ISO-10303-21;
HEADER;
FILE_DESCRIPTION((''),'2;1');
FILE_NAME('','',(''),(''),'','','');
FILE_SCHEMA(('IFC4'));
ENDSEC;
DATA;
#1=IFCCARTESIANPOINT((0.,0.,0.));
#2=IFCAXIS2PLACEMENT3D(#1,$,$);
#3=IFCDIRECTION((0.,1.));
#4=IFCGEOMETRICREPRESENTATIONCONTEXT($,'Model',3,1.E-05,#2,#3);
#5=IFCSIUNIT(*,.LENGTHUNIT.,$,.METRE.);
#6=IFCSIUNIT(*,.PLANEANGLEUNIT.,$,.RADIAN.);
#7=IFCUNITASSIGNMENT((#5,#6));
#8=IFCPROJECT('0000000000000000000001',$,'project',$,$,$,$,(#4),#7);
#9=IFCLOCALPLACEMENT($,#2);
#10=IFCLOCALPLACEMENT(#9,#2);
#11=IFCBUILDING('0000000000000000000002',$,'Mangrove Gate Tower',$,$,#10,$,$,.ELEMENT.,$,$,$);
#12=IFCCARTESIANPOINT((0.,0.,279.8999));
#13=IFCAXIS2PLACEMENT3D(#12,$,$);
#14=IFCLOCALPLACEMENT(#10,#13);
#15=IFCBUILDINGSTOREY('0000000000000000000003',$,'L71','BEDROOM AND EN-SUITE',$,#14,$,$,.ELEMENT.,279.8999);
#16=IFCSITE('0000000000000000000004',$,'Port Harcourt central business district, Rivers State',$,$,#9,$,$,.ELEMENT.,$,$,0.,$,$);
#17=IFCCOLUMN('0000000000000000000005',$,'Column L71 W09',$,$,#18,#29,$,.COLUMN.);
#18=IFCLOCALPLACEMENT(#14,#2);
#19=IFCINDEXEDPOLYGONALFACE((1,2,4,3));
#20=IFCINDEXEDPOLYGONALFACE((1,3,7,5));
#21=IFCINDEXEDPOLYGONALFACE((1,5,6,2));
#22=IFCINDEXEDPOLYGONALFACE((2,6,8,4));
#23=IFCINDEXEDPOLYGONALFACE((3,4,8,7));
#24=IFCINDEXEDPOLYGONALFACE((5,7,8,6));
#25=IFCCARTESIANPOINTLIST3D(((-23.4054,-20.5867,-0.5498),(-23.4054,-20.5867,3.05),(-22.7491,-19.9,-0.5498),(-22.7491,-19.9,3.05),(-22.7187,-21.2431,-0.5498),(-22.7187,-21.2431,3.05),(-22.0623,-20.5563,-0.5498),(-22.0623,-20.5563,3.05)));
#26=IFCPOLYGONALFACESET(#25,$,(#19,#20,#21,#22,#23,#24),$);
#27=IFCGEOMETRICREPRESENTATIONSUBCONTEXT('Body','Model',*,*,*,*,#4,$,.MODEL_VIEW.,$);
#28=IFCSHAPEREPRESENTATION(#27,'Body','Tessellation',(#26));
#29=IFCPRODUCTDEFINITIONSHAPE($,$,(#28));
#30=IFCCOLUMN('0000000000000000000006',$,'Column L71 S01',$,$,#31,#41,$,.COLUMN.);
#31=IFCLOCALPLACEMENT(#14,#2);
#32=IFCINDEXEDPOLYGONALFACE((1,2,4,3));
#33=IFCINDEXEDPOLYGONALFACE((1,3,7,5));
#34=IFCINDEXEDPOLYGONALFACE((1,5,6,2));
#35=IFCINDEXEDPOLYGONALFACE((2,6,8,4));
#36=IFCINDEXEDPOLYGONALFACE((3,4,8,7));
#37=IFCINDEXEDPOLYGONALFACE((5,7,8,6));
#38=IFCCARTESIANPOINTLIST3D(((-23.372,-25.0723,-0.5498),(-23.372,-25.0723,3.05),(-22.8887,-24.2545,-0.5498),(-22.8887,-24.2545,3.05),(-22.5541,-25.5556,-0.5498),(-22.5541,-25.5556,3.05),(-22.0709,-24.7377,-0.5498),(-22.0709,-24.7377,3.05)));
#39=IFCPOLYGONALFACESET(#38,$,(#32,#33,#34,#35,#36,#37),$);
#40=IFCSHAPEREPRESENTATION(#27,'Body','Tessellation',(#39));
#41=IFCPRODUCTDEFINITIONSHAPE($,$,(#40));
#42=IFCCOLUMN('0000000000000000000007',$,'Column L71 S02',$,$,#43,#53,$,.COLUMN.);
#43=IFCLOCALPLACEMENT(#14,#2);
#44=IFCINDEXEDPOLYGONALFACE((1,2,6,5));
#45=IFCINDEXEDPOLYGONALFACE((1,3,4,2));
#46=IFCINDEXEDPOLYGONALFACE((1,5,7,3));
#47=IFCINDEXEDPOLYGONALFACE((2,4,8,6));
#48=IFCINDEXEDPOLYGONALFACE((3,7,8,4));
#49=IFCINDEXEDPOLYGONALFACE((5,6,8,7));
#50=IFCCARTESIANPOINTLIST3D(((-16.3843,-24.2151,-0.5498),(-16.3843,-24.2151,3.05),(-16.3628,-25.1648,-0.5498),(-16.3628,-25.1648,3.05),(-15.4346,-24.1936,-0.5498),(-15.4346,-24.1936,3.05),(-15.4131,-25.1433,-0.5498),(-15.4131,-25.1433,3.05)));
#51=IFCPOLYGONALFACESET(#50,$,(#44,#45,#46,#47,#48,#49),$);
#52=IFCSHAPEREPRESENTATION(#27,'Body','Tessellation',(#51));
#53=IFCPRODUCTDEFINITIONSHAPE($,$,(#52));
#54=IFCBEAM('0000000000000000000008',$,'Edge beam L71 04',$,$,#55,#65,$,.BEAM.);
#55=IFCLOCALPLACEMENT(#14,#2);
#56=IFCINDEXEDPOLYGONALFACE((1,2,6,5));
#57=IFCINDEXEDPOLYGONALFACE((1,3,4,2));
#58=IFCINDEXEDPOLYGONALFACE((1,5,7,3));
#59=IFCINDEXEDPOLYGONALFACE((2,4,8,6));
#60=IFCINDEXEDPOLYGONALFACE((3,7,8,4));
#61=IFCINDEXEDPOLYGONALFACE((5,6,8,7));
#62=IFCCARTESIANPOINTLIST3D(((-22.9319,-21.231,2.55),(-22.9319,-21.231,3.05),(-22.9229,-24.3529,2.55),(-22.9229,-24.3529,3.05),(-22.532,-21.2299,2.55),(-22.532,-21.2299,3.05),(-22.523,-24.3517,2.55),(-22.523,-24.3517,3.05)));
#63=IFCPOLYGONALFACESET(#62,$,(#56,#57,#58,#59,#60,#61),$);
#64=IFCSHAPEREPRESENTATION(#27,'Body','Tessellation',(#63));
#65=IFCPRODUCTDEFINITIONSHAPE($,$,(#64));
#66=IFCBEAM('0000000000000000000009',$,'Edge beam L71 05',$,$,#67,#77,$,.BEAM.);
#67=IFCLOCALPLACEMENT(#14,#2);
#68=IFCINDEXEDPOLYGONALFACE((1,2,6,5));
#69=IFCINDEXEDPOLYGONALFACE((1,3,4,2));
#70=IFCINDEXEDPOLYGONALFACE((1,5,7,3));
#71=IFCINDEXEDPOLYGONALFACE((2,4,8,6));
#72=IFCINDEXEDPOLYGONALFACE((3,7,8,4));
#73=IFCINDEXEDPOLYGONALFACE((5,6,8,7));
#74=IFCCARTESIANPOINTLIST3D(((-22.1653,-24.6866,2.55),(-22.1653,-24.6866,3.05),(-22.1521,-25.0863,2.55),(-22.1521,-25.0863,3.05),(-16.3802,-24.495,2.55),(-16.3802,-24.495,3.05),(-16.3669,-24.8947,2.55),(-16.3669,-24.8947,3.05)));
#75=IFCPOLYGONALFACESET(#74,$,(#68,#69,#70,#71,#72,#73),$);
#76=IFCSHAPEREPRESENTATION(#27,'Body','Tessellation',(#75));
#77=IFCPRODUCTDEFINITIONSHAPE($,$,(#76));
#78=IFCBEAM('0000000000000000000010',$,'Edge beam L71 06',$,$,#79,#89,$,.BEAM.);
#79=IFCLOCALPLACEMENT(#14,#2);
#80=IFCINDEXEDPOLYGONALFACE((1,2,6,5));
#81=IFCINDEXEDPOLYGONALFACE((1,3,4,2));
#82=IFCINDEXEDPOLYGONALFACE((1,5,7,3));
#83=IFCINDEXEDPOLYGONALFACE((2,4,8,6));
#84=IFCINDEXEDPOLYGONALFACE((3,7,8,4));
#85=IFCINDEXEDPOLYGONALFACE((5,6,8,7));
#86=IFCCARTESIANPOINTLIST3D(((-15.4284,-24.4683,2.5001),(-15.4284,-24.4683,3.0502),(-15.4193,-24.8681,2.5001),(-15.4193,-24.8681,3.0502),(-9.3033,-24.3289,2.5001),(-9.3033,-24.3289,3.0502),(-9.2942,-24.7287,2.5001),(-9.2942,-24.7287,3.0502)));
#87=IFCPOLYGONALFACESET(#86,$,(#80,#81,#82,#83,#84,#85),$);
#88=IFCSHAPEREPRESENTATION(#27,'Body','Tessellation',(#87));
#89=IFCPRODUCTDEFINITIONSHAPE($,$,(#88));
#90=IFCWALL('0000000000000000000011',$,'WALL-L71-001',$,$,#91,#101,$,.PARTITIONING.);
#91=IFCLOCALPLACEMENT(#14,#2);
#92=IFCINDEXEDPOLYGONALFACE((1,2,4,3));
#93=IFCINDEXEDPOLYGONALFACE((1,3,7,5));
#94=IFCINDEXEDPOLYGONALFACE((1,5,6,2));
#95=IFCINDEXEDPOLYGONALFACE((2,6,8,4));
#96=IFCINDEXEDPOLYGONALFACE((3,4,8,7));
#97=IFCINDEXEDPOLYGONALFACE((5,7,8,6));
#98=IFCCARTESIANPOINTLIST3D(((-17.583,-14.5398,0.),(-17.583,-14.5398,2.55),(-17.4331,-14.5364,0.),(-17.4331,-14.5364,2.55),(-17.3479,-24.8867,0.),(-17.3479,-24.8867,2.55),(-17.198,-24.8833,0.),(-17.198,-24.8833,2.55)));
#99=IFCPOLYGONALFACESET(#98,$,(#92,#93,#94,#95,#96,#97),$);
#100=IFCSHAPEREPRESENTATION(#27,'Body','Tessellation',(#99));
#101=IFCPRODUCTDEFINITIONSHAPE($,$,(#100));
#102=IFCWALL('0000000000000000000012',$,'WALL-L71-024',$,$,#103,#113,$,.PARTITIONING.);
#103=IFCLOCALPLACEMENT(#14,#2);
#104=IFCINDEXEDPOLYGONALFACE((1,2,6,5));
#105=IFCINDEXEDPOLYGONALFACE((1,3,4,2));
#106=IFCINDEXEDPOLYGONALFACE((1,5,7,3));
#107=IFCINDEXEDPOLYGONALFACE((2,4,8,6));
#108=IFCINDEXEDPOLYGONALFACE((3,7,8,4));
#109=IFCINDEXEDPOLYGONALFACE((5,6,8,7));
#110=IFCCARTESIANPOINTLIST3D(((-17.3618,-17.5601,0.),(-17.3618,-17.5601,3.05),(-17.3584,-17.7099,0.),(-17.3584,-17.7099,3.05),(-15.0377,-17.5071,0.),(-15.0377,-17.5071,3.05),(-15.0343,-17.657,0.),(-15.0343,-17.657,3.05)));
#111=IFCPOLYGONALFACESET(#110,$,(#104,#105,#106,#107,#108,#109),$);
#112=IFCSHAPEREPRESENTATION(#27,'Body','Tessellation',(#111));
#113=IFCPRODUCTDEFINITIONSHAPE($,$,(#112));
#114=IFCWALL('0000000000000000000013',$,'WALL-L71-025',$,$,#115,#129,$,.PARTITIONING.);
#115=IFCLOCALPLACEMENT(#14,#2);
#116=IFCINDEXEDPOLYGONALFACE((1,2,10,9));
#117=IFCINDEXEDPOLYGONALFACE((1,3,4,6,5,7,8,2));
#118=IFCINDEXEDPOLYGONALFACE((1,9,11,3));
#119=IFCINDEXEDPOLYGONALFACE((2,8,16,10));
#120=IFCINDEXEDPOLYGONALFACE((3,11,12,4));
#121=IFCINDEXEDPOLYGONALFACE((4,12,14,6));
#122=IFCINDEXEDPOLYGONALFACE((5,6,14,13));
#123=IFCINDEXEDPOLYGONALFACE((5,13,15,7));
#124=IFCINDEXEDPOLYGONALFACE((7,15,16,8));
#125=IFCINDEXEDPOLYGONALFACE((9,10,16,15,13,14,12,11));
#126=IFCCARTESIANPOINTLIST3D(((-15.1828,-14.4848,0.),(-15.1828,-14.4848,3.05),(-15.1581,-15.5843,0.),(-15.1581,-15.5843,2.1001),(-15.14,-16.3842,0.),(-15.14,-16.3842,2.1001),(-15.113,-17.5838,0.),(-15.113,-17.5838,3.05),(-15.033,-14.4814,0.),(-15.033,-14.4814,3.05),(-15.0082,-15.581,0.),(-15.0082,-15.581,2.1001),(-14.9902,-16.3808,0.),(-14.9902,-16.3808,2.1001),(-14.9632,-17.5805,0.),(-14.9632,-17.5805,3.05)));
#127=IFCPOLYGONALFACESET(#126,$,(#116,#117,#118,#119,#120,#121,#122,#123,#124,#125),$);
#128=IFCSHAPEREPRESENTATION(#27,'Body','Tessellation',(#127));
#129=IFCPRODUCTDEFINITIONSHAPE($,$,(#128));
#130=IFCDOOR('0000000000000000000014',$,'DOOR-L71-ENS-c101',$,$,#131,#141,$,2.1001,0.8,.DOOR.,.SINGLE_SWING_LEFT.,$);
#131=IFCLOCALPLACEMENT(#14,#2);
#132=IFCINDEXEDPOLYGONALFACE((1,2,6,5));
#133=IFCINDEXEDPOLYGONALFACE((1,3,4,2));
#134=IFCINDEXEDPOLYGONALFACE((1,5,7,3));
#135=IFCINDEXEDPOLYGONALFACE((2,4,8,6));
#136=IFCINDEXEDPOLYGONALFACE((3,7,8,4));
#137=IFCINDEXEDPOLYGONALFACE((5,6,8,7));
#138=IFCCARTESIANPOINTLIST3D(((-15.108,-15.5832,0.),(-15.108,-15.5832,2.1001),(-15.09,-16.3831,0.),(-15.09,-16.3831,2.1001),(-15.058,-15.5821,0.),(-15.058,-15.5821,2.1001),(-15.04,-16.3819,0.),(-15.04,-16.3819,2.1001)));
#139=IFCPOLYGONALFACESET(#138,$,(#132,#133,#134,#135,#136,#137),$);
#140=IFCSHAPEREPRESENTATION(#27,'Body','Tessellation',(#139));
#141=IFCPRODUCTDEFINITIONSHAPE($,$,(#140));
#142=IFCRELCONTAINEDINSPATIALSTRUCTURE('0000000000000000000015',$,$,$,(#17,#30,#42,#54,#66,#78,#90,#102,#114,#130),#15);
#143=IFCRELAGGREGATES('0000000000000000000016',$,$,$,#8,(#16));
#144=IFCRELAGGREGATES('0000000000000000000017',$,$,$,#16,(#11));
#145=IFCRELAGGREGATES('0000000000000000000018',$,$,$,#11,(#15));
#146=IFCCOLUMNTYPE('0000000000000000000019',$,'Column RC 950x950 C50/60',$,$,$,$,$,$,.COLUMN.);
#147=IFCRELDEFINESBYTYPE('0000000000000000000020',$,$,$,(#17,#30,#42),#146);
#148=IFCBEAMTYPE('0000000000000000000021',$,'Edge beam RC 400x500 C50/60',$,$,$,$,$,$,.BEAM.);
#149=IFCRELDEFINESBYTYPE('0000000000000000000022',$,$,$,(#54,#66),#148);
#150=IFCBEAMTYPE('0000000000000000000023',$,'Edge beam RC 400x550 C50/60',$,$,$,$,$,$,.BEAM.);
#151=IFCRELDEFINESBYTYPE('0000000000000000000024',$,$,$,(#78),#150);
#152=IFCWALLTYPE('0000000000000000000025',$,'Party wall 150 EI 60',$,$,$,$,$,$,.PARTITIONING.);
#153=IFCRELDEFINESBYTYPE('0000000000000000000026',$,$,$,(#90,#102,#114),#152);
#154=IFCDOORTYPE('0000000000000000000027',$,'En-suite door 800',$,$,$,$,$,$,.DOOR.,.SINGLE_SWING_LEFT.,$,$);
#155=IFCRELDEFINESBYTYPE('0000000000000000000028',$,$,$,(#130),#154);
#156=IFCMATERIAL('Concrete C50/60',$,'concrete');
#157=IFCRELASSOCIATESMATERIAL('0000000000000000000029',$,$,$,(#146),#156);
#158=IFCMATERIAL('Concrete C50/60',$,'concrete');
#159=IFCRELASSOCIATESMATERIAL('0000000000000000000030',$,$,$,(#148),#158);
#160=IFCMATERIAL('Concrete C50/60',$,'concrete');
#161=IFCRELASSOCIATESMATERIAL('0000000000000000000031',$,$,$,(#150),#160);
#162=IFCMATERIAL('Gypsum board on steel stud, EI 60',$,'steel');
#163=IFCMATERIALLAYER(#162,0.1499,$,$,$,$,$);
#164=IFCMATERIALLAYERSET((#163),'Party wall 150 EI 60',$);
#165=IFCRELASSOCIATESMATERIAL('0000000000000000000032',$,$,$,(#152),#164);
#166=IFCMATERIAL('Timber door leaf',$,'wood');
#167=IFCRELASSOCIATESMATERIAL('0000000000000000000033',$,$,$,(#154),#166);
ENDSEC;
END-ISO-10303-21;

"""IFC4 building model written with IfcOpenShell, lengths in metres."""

from ifc_helpers import new_model, si_unit, direction, frame, frame_2d, origin, origin_2d, place, context, subcontext, project, spatial, rectangle, extrude, material, layer, layer_set, material_profile, profile_set, type_object, element, fill, save


model = new_model("IFC4")

# Units and contexts
model_context = context("Model", 3, precision=1e-05, world=origin(), true_north=direction((0.0, 1.0)))
body_context = subcontext(model_context, "Body", "Model", "MODEL_VIEW")
ifc_project = project(units=[si_unit("LENGTHUNIT", "METRE"), si_unit("PLANEANGLEUNIT", "RADIAN")], contexts=[model_context])

# Site, building, storey
site_placement = place(None, origin())
site = spatial("IfcSite", under=ifc_project, at=site_placement, Name="Port Harcourt central business district, Rivers State", CompositionType="ELEMENT", RefElevation=0.0)
building_placement = place(site_placement, origin())
building = spatial("IfcBuilding", under=site, at=building_placement, Name="Mangrove Gate Tower", CompositionType="ELEMENT")
storey_placement = place(building_placement, frame((0.0, 0.0, 279.8999)))
storey = spatial("IfcBuildingStorey", under=building, at=storey_placement, Name="L71", Description="BEDROOM AND EN-SUITE", CompositionType="ELEMENT", Elevation=279.8999)

# Columns
ifc_material_1 = material(Name="Concrete C50/60", Category="concrete")
ifc_material_profile_1 = material_profile(ifc_material_1, rectangle(XDim=0.95, YDim=0.95, at=origin_2d()))
ifc_profile_set_1 = profile_set([ifc_material_profile_1], Name="Concrete C50/60")
column_type = type_object("IfcColumnType", Name="Column RC 950x950 C50/60", PredefinedType="COLUMN", material=ifc_profile_set_1)
for number, where, z_axis, x_axis, name in (
    (1, (-22.7339, -20.5715, -0.5498), (0.0, 0.0, 1.0), (0.722918, -0.690934, 0.0), "Column L71 W09"),
    (2, (-22.7214, -24.905, -0.5498), (0.0, 0.0, 1.0), (0.860936, -0.508713, 0.0), "Column L71 S01"),
    (3, (-15.8987, -24.6792, -0.5498), (0.0, 0.0, 1.0), (0.999743, 0.02268, 0.0), "Column L71 S02"),
):
    element("IfcColumn", number, at=place(storey_placement, frame(where, z_axis=z_axis, x_axis=x_axis)), inside=storey, type_object=column_type, Name=name, PredefinedType="COLUMN", context=body_context, shape_type="SweptSolid", body=[
        extrude(rectangle(XDim=0.95, YDim=0.95, at=origin_2d()), origin(), (0.0, 0.0, 1.0), 3.5999),
    ])

# Beams
ifc_material_2 = material(Name="Concrete C50/60", Category="concrete")
ifc_material_profile_2 = material_profile(ifc_material_2, rectangle(XDim=0.3999, YDim=0.5, at=origin_2d()))
ifc_profile_set_2 = profile_set([ifc_material_profile_2], Name="Concrete C50/60")
beam_type_1 = type_object("IfcBeamType", Name="Edge beam RC 400x500 C50/60", PredefinedType="BEAM", material=ifc_profile_set_2)
beam_1_placement = place(storey_placement, frame((-22.7319, -21.2305, 2.8), z_axis=(0.002894, -0.999996, 0.0), x_axis=(0.999996, 0.002894, 0.0)))
element("IfcBeam", 4, at=beam_1_placement, inside=storey, type_object=beam_type_1, Name="Edge beam L71 04", PredefinedType="BEAM", context=body_context, shape_type="SweptSolid", body=[
    extrude(rectangle(XDim=0.3999, YDim=0.5, at=origin_2d()), origin(), (0.0, 0.0, 1.0), 3.1218),
])
beam_2_placement = place(storey_placement, frame((-22.1587, -24.8865, 2.8), z_axis=(0.999452, 0.03311, 0.0), x_axis=(-0.03311, 0.999452, 0.0)))
element("IfcBeam", 5, at=beam_2_placement, inside=storey, type_object=beam_type_1, Name="Edge beam L71 05", PredefinedType="BEAM", context=body_context, shape_type="SweptSolid", body=[
    extrude(rectangle(XDim=0.3999, YDim=0.5, at=origin_2d()), origin(), (0.0, 0.0, 1.0), 5.7883),
])
ifc_material_3 = material(Name="Concrete C50/60", Category="concrete")
ifc_material_profile_3 = material_profile(ifc_material_3, rectangle(XDim=0.3999, YDim=0.55, at=origin_2d()))
ifc_profile_set_3 = profile_set([ifc_material_profile_3], Name="Concrete C50/60")
beam_type_2 = type_object("IfcBeamType", Name="Edge beam RC 400x550 C50/60", PredefinedType="BEAM", material=ifc_profile_set_3)
beam_3_placement = place(storey_placement, frame((-15.4238, -24.6682, 2.7751), z_axis=(0.999741, 0.022753, 0.0), x_axis=(-0.022753, 0.999741, 0.0)))
element("IfcBeam", 6, at=beam_3_placement, inside=storey, type_object=beam_type_2, Name="Edge beam L71 06", PredefinedType="BEAM", context=body_context, shape_type="SweptSolid", body=[
    extrude(rectangle(XDim=0.3999, YDim=0.55, at=origin_2d()), origin(), (0.0, 0.0, 1.0), 6.1267),
])

# Walls
ifc_material_4 = material(Name="Gypsum board on steel stud, EI 60", Category="steel")
ifc_layer = layer(ifc_material_4, 0.1499)
ifc_layer_set = layer_set([ifc_layer], Name="Party wall 150 EI 60")
wall_type = type_object("IfcWallType", Name="Party wall 150 EI 60", PredefinedType="PARTITIONING", material=ifc_layer_set)
wall_1_placement = place(storey_placement, frame((-17.2729, -24.885, 0.0), z_axis=(0.0, 0.0, 1.0), x_axis=(-0.022717, 0.999742, 0.0)))
element("IfcWall", 7, at=wall_1_placement, inside=storey, type_object=wall_type, Name="WALL-L71-001", PredefinedType="PARTITIONING", context=body_context, shape_type="SweptSolid", body=[
    extrude(rectangle(XDim=10.3496, YDim=0.1499, at=frame_2d((5.1748, 0.0))), origin(), (0.0, 0.0, 1.0), 2.55),
])
wall_2_placement = place(storey_placement, frame((-17.3601, -17.635, 0.0), z_axis=(0.0, 0.0, 1.0), x_axis=(0.99974, 0.022788, 0.0)))
element("IfcWall", 8, at=wall_2_placement, inside=storey, type_object=wall_type, Name="WALL-L71-024", PredefinedType="PARTITIONING", context=body_context, shape_type="SweptSolid", body=[
    extrude(rectangle(XDim=2.3247, YDim=0.1499, at=frame_2d((1.1624, 0.0))), origin(), (0.0, 0.0, 1.0), 3.05),
])

# Wall, opening, door
wall_3_placement = place(storey_placement, frame((-15.0381, -17.582, 0.0), z_axis=(0.0, 0.0, 1.0), x_axis=(-0.022525, 0.999746, 0.0)))
wall_3 = element("IfcWall", 9, at=wall_3_placement, inside=storey, type_object=wall_type, Name="WALL-L71-025", PredefinedType="PARTITIONING", context=body_context, shape_type="SweptSolid", body=[
    extrude(rectangle(XDim=3.0999, YDim=0.1499, at=frame_2d((1.5498, 0.0))), origin(), (0.0, 0.0, 1.0), 3.05),
])
opening_placement = place(wall_3_placement, frame((1.2, 0.0, 0.0)))
opening = element("IfcOpeningElement", 10, at=opening_placement, cuts=wall_3, PredefinedType="OPENING", context=body_context, shape_type="SweptSolid", body=[
    extrude(rectangle(XDim=0.8, YDim=2.1001, at=frame_2d((0.3999, 1.05))), frame((0.0, 0.085, 0.0), z_axis=(0.0, -1.0, 0.0), x_axis=(1.0, 0.0, 0.0)), (0.0, 0.0, 1.0), 0.1699),
])
ifc_material_5 = material(Name="Timber door leaf", Category="wood")
door_type = type_object("IfcDoorType", Name="En-suite door 800", OperationType="SINGLE_SWING_LEFT", PredefinedType="DOOR", material=ifc_material_5)
door_placement = place(opening_placement, origin())
door = element("IfcDoor", 11, at=door_placement, inside=storey, type_object=door_type, Name="DOOR-L71-ENS-c101", OperationType="SINGLE_SWING_LEFT", OverallHeight=2.1001, OverallWidth=0.8, PredefinedType="DOOR", context=body_context, shape_type="SweptSolid", body=[
    extrude(rectangle(XDim=0.8, YDim=2.1001, at=frame_2d((0.3999, 1.05))), frame((0.0, 0.0249, 0.0), z_axis=(0.0, -1.0, 0.0), x_axis=(1.0, 0.0, 0.0)), (0.0, 0.0, 1.0), 0.05),
])
fill(opening, door)

save(model, "model.ifc")
